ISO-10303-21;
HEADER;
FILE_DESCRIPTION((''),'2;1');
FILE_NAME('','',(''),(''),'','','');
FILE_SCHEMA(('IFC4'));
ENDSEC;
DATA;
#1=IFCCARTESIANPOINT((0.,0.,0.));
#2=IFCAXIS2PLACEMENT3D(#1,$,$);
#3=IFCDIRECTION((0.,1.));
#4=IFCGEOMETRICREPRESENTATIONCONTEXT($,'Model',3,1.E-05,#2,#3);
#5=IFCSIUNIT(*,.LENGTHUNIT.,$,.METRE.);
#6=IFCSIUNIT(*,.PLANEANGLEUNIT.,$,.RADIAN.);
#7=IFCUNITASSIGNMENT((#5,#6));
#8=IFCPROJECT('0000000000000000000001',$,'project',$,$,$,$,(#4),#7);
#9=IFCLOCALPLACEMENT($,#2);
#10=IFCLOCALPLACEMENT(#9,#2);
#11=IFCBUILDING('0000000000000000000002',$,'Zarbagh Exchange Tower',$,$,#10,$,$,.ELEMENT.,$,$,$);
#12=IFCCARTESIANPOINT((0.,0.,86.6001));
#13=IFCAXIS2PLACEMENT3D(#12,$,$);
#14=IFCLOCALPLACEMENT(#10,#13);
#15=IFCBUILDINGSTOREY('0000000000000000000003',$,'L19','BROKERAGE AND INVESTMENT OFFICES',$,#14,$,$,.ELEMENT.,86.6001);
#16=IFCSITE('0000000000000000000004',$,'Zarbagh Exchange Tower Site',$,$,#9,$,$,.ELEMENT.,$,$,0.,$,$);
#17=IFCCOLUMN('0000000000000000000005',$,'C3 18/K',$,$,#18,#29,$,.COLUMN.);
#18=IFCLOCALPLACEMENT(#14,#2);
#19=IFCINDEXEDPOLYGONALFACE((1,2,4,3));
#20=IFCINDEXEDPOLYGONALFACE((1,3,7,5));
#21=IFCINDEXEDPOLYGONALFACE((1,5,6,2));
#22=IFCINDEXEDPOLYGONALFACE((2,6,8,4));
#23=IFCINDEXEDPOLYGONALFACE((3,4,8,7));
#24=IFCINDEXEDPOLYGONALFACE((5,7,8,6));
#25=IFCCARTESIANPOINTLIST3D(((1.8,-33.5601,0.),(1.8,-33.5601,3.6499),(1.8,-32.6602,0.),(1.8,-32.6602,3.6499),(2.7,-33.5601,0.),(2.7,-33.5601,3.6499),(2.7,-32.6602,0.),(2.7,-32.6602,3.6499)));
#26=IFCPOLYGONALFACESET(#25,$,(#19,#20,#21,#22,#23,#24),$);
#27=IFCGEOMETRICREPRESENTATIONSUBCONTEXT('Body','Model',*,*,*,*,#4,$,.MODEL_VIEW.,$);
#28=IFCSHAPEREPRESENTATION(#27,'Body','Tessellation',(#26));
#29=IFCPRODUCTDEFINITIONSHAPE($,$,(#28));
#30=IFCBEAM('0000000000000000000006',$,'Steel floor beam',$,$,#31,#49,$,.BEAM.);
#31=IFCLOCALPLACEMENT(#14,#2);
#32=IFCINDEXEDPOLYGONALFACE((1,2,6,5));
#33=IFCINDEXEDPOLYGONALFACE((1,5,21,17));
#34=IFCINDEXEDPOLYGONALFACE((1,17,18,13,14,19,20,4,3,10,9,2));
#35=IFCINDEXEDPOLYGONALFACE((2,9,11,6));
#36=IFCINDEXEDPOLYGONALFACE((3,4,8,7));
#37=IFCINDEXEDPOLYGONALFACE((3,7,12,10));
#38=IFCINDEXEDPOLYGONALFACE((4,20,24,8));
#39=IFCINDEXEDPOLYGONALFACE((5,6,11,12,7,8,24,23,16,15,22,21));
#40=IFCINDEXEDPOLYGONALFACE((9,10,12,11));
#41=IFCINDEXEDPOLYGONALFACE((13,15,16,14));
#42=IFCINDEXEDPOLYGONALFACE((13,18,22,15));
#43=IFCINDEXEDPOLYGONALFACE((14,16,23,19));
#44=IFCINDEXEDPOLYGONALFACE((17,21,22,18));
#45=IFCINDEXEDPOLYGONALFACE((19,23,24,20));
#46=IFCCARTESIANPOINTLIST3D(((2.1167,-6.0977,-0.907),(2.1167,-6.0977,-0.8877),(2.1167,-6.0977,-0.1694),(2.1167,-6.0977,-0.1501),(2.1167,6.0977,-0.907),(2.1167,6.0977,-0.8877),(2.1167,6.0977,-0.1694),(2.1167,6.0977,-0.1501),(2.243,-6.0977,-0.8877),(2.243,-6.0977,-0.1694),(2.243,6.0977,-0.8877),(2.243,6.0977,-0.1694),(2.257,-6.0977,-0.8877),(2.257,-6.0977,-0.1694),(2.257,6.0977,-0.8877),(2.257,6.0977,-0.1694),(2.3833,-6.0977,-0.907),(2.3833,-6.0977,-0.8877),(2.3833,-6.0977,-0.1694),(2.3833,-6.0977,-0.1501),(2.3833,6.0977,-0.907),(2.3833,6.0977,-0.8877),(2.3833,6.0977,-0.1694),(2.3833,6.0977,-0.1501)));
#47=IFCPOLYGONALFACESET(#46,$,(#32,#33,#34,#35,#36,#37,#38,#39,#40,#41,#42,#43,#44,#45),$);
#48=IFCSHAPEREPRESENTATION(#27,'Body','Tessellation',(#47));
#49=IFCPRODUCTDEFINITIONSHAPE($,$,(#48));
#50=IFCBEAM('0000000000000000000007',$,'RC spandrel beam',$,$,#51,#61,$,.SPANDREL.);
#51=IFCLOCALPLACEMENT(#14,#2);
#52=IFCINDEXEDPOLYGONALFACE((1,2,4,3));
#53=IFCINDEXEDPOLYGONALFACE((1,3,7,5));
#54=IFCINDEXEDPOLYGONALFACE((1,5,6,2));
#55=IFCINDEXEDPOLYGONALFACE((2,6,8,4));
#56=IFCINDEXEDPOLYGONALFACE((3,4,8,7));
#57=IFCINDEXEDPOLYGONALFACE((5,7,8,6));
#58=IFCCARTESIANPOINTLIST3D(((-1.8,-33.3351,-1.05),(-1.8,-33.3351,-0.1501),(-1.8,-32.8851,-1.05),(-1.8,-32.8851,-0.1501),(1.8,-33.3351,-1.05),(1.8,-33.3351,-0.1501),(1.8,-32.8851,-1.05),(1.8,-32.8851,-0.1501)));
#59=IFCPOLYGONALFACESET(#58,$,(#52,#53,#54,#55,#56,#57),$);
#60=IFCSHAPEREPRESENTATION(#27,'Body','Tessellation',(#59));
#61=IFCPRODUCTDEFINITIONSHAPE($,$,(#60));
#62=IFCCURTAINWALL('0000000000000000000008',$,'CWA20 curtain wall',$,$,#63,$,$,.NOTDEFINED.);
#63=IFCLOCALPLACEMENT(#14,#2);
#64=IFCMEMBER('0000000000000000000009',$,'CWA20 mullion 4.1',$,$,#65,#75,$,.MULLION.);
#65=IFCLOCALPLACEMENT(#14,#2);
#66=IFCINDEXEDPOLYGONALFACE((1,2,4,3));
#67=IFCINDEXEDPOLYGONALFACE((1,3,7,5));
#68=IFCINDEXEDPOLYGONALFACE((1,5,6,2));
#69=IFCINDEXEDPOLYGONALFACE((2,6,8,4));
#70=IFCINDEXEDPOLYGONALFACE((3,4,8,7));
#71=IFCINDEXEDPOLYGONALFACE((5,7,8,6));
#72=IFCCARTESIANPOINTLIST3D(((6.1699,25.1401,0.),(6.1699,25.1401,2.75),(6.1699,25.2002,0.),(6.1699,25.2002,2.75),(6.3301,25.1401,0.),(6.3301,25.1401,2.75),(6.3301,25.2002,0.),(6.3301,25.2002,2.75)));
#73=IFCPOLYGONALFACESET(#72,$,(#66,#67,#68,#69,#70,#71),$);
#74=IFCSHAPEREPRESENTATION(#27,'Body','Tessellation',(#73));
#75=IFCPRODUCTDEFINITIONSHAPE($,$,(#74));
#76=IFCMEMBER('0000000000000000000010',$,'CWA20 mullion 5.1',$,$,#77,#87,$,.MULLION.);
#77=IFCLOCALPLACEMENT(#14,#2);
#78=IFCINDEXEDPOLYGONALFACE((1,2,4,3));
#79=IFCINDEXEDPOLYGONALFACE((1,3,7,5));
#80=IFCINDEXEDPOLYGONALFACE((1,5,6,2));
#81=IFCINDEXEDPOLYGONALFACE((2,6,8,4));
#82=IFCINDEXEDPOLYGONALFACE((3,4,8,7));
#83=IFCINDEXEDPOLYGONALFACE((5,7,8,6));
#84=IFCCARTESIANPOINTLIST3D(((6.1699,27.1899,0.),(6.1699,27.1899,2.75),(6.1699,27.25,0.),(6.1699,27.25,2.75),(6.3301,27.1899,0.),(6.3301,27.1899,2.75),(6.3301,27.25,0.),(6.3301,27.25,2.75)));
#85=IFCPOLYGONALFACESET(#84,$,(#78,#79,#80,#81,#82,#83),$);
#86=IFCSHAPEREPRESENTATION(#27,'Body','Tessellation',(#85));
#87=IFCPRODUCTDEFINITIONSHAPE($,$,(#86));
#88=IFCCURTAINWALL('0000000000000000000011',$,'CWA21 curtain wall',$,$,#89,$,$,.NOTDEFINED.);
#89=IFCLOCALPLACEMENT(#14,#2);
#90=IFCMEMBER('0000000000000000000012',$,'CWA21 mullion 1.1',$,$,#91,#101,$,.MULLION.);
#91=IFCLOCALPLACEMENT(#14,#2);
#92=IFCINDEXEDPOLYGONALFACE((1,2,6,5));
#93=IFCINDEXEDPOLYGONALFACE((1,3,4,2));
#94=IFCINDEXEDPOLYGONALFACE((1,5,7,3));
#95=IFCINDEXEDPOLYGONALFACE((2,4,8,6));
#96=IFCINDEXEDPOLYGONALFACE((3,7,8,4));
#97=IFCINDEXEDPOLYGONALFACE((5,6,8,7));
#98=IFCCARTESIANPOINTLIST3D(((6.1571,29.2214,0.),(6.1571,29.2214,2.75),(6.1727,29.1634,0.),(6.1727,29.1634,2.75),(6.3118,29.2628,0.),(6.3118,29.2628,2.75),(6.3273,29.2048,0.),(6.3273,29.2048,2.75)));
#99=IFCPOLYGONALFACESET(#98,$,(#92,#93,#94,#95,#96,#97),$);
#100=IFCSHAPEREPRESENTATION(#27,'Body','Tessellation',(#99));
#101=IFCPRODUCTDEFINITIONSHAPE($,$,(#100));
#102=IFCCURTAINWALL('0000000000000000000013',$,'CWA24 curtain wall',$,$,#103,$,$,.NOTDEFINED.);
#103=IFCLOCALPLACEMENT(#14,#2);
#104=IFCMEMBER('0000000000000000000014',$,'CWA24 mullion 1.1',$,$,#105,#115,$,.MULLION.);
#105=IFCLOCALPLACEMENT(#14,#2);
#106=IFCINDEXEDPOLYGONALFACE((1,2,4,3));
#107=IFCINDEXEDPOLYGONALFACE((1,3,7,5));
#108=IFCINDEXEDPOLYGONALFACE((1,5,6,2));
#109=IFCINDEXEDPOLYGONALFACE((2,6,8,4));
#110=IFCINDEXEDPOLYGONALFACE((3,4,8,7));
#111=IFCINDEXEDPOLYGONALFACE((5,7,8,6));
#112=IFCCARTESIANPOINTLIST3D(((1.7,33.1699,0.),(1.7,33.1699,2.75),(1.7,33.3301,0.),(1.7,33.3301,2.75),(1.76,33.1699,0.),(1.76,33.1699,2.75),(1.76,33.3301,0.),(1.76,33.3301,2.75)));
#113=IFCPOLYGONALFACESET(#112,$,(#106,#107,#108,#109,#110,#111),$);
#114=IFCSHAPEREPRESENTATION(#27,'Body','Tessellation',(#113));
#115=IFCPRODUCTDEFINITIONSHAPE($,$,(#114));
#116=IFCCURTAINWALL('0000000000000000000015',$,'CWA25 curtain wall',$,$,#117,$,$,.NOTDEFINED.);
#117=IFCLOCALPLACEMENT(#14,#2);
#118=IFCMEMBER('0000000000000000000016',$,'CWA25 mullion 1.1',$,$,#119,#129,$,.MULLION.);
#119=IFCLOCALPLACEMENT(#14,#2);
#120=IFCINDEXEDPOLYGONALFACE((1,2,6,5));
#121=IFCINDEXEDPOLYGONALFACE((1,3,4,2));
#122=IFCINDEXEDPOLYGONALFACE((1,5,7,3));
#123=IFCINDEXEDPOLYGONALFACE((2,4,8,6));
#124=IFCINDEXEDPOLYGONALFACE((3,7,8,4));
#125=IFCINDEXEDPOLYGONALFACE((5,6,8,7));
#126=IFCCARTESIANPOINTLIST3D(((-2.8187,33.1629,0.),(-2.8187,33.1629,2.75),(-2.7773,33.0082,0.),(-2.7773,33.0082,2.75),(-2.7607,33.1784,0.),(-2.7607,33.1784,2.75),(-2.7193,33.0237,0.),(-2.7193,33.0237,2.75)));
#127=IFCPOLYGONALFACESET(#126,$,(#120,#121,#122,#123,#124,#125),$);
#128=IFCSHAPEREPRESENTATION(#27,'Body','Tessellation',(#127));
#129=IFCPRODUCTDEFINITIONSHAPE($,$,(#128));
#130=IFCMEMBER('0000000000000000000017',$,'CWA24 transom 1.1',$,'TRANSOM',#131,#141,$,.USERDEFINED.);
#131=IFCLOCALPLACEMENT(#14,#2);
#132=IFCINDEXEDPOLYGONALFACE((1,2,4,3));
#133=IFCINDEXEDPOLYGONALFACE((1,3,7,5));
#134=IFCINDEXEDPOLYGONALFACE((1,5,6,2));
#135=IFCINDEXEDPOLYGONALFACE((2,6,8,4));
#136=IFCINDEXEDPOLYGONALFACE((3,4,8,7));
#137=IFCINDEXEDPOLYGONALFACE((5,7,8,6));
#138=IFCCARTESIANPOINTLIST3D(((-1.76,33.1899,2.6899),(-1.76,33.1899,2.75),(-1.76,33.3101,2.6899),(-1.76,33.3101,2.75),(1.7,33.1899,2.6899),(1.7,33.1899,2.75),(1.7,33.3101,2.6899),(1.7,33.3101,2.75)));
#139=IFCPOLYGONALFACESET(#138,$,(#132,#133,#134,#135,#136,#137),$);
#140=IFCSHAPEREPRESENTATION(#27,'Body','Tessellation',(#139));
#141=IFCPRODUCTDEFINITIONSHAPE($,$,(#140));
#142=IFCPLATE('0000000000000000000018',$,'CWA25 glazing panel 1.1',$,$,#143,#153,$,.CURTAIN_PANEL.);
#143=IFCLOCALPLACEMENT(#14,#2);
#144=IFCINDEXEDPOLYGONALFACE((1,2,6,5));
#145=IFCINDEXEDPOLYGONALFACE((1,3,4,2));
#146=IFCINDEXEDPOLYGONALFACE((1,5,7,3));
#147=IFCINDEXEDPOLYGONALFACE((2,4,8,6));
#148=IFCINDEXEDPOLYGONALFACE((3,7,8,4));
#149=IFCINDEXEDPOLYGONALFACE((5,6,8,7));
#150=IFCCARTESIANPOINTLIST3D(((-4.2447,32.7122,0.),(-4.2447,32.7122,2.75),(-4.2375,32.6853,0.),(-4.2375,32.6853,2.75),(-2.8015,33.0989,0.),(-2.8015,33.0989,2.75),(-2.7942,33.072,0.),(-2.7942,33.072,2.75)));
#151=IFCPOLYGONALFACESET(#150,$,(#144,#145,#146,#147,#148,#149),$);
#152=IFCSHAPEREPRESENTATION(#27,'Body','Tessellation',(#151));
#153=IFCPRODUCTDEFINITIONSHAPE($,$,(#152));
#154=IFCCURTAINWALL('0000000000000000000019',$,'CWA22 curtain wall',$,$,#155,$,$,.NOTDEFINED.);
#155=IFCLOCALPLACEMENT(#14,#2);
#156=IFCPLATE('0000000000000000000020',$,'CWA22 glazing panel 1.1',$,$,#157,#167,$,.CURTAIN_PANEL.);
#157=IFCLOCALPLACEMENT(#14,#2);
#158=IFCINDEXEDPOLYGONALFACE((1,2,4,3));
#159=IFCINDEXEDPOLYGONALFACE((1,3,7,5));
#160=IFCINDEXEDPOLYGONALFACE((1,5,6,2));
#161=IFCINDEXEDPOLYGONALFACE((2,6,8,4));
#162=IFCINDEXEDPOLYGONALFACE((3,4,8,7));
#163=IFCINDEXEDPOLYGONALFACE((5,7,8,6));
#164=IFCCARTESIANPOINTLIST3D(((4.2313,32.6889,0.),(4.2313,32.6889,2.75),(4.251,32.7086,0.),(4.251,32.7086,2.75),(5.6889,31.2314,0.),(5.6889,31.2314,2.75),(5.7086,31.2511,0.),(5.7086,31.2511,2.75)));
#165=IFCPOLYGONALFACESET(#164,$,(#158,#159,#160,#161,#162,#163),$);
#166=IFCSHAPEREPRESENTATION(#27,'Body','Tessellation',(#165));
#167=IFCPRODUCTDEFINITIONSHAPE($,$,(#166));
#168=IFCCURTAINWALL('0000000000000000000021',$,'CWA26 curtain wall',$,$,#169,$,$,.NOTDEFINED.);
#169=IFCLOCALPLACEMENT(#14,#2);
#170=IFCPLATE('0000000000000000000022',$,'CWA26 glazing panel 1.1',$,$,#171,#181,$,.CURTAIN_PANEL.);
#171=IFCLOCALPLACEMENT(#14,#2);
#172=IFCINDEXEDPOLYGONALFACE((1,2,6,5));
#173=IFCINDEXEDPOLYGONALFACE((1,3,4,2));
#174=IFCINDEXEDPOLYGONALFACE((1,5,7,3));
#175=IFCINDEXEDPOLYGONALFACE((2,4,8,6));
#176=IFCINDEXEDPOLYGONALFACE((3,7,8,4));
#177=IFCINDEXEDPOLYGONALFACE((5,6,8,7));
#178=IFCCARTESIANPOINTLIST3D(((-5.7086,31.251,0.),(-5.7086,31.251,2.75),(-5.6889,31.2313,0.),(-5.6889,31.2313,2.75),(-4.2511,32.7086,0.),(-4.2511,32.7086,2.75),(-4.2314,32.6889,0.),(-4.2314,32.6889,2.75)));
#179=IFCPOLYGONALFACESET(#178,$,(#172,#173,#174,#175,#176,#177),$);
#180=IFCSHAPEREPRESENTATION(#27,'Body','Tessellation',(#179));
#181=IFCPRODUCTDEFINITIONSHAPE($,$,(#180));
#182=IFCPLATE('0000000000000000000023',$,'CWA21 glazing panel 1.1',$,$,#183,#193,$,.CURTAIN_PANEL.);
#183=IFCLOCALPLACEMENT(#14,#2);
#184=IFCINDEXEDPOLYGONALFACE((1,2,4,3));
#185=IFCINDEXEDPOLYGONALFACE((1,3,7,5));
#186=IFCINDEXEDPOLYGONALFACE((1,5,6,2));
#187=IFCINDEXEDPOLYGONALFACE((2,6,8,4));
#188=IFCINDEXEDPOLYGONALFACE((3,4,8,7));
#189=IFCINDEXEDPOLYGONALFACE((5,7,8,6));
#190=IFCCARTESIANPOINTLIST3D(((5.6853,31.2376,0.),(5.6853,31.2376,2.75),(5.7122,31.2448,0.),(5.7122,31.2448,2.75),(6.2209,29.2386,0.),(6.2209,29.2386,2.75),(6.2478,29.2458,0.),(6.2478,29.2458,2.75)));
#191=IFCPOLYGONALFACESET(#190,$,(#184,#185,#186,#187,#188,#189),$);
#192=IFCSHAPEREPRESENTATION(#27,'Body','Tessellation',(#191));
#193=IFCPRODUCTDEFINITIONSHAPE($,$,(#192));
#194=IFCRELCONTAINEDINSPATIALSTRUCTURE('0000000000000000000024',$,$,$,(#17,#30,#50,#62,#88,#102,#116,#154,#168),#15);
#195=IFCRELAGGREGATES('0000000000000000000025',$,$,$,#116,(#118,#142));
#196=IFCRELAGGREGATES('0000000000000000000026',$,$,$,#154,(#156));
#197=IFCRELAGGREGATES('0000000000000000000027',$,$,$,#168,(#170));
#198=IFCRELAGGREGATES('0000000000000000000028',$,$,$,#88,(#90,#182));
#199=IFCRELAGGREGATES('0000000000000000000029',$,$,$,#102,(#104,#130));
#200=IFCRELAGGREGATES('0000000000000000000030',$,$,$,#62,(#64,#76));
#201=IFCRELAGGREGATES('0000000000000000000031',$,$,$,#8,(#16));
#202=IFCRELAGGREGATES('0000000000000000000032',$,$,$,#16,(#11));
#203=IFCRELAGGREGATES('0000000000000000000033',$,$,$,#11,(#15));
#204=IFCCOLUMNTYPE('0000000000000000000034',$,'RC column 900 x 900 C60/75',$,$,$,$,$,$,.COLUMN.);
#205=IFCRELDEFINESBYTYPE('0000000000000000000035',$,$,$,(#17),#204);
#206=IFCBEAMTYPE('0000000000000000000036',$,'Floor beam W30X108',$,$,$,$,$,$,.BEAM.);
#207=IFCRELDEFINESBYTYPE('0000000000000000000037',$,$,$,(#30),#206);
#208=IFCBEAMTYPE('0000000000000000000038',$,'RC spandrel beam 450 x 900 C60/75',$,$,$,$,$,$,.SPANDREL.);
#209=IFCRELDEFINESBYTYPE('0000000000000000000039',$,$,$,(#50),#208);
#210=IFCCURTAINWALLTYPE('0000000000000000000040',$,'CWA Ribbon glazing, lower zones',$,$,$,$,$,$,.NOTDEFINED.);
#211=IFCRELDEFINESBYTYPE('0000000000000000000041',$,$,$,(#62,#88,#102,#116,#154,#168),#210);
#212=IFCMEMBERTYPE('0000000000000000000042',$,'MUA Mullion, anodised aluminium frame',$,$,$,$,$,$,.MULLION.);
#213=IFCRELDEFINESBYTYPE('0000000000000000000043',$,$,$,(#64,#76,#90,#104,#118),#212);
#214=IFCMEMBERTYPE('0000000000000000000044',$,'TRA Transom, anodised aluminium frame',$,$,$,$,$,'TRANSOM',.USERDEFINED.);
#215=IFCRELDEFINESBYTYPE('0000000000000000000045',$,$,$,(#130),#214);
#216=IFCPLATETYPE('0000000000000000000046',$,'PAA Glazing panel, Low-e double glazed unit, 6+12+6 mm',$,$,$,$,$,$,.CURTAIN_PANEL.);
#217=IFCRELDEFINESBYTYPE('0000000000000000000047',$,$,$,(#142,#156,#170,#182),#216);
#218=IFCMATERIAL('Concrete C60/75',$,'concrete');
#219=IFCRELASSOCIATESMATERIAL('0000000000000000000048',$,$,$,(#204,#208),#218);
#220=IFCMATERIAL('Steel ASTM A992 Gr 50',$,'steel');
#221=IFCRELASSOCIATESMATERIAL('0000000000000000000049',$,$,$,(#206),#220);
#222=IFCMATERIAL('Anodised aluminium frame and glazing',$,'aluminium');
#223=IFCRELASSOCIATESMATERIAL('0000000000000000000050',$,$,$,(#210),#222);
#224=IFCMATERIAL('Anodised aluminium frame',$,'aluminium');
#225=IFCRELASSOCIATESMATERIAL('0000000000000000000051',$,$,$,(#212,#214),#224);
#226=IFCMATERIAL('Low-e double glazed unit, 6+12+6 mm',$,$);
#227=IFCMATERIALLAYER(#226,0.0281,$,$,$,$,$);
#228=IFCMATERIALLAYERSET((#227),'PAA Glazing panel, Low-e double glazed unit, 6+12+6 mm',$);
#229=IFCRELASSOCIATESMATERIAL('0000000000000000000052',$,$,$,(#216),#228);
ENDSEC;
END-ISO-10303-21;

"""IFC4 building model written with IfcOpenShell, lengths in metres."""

from ifc_helpers import new_model, si_unit, direction, frame, origin, origin_2d, place, context, subcontext, project, spatial, polyline, rectangle, i_section, outline, extrude, source, transform, mapped, material, layer, layer_set, material_profile, profile_set, type_object, element, aggregate, save


model = new_model("IFC4")

# Units and contexts
model_context = context("Model", 3, precision=1e-05, world=origin(), true_north=direction((0.0, 1.0)))
body_context = subcontext(model_context, "Body", "Model", "MODEL_VIEW")
ifc_project = project(units=[si_unit("LENGTHUNIT", "METRE"), si_unit("PLANEANGLEUNIT", "RADIAN")], contexts=[model_context])

# Site, building, storey
site_placement = place(None, origin())
site = spatial("IfcSite", under=ifc_project, at=site_placement, Name="Zarbagh Exchange Tower Site", CompositionType="ELEMENT", RefElevation=0.0)
building_placement = place(site_placement, origin())
building = spatial("IfcBuilding", under=site, at=building_placement, Name="Zarbagh Exchange Tower", CompositionType="ELEMENT")
storey_placement = place(building_placement, frame((0.0, 0.0, 86.6001)))
storey = spatial("IfcBuildingStorey", under=building, at=storey_placement, Name="L19", Description="BROKERAGE AND INVESTMENT OFFICES", CompositionType="ELEMENT", Elevation=86.6001)

# Column
ifc_material_1 = material(Name="Concrete C60/75", Category="concrete")
ifc_material_profile_1 = material_profile(ifc_material_1, rectangle(XDim=0.8999, YDim=0.8999, at=origin_2d()), Name="RC column 900 x 900 C60/75")
ifc_profile_set_1 = profile_set([ifc_material_profile_1], Name="Concrete C60/75")
column_type = type_object("IfcColumnType", Name="RC column 900 x 900 C60/75", PredefinedType="COLUMN", material=ifc_profile_set_1)
column_placement = place(storey_placement, frame((2.25, -33.1101, 0.0), z_axis=(0.0, 0.0, 1.0), x_axis=(1.0, 0.0, 0.0)))
element("IfcColumn", 1, at=column_placement, inside=storey, type_object=column_type, Name="C3 18/K", PredefinedType="COLUMN", context=body_context, shape_type="SweptSolid", body=[
    extrude(rectangle(XDim=0.8999, YDim=0.8999, at=origin_2d()), origin(), (0.0, 0.0, 1.0), 3.6499),
])

# Beams
ifc_material_2 = material(Name="Steel ASTM A992 Gr 50", Category="steel")
ifc_material_profile_2 = material_profile(ifc_material_2, i_section(OverallWidth=0.2666, OverallDepth=0.7568, WebThickness=0.0139, FlangeThickness=0.0193, at=origin_2d()), Name="W30X108")
ifc_profile_set_2 = profile_set([ifc_material_profile_2], Name="Steel ASTM A992 Gr 50")
beam_type_1 = type_object("IfcBeamType", Name="Floor beam W30X108", PredefinedType="BEAM", material=ifc_profile_set_2)
beam_1_placement = place(storey_placement, frame((2.25, -6.0977, -0.5286), z_axis=(0.0, 1.0, 0.0), x_axis=(-1.0, 0.0, 0.0)))
element("IfcBeam", 2, at=beam_1_placement, inside=storey, type_object=beam_type_1, Name="Steel floor beam", PredefinedType="BEAM", context=body_context, shape_type="SweptSolid", body=[
    extrude(i_section(OverallWidth=0.2666, OverallDepth=0.7568, WebThickness=0.0139, FlangeThickness=0.0193, at=origin_2d()), origin(), (0.0, 0.0, 1.0), 12.1953),
])
ifc_material_profile_3 = material_profile(ifc_material_1, rectangle(XDim=0.45, YDim=0.8999, at=origin_2d()), Name="RC spandrel beam 450 x 900 C60/75")
ifc_profile_set_3 = profile_set([ifc_material_profile_3], Name="Concrete C60/75")
beam_type_2 = type_object("IfcBeamType", Name="RC spandrel beam 450 x 900 C60/75", PredefinedType="SPANDREL", material=ifc_profile_set_3)
beam_2_placement = place(storey_placement, frame((1.8, -33.1101, -0.6001), z_axis=(-1.0, 0.0, 0.0), x_axis=(0.0, -1.0, 0.0)))
element("IfcBeam", 3, at=beam_2_placement, inside=storey, type_object=beam_type_2, Name="RC spandrel beam", PredefinedType="SPANDREL", context=body_context, shape_type="SweptSolid", body=[
    extrude(rectangle(XDim=0.45, YDim=0.8999, at=origin_2d()), origin(), (0.0, 0.0, 1.0), 3.6001),
])

# Curtain wall, members
ifc_material_3 = material(Name="Anodised aluminium frame and glazing", Category="aluminium")
curtain_wall_type = type_object("IfcCurtainWallType", Name="CWA Ribbon glazing, lower zones", PredefinedType="NOTDEFINED", material=ifc_material_3)
curtain_wall_1_placement = place(storey_placement, origin())
curtain_wall_1 = element("IfcCurtainWall", 4, at=curtain_wall_1_placement, inside=storey, type_object=curtain_wall_type, Name="CWA20 curtain wall", PredefinedType="NOTDEFINED")
ifc_material_4 = material(Name="Anodised aluminium frame", Category="aluminium")
member_type_1 = type_object("IfcMemberType", Name="MUA Mullion, anodised aluminium frame", PredefinedType="MULLION", material=ifc_material_4)
shared_shape_1 = source(origin(), body_context, "Body", "SweptSolid", [
    extrude(outline(polyline([(0.0, -0.0801), (0.0601, -0.0801), (0.0601, 0.0801), (0.0, 0.0801), (0.0, -0.0801)])), origin(), (0.0, 0.0, 1.0), 2.75),
])
placement = place(storey_placement, origin())
member_1 = element("IfcMember", 5, at=placement, type_object=member_type_1, Name="CWA20 mullion 4.1", PredefinedType="MULLION", context=body_context, shape_type="MappedRepresentation", body=[
    mapped(shared_shape_1, transform((6.25, 25.1401, 0.0), x_axis=(0.0, 1.0, 0.0), y_axis=(-1.0, 0.0, 0.0), z_axis=(0.0, 0.0, 1.0))),
])
member_2 = element("IfcMember", 6, at=placement, type_object=member_type_1, Name="CWA20 mullion 5.1", PredefinedType="MULLION", context=body_context, shape_type="MappedRepresentation", body=[
    mapped(shared_shape_1, transform((6.25, 27.1899, 0.0), x_axis=(0.0, 1.0, 0.0), y_axis=(-1.0, 0.0, 0.0), z_axis=(0.0, 0.0, 1.0))),
])

# Curtain walls, members
curtain_wall_2_placement = place(storey_placement, origin())
curtain_wall_2 = element("IfcCurtainWall", 7, at=curtain_wall_2_placement, inside=storey, type_object=curtain_wall_type, Name="CWA21 curtain wall", PredefinedType="NOTDEFINED")
member_3 = element("IfcMember", 8, at=placement, type_object=member_type_1, Name="CWA21 mullion 1.1", PredefinedType="MULLION", context=body_context, shape_type="MappedRepresentation", body=[
    mapped(shared_shape_1, transform((6.25, 29.1841, 0.0), x_axis=(-0.258825, 0.965924, 0.0), y_axis=(-0.965924, -0.258825, 0.0), z_axis=(0.0, 0.0, 1.0))),
])
curtain_wall_3_placement = place(storey_placement, origin())
curtain_wall_3 = element("IfcCurtainWall", 9, at=curtain_wall_3_placement, inside=storey, type_object=curtain_wall_type, Name="CWA24 curtain wall", PredefinedType="NOTDEFINED")
member_4 = element("IfcMember", 10, at=placement, type_object=member_type_1, Name="CWA24 mullion 1.1", PredefinedType="MULLION", context=body_context, shape_type="MappedRepresentation", body=[
    mapped(shared_shape_1, transform((1.76, 33.25, 0.0), x_axis=(-1.0, 0.0, 0.0), y_axis=(0.0, -1.0, 0.0), z_axis=(0.0, 0.0, 1.0))),
])
curtain_wall_4_placement = place(storey_placement, origin())
curtain_wall_4 = element("IfcCurtainWall", 11, at=curtain_wall_4_placement, inside=storey, type_object=curtain_wall_type, Name="CWA25 curtain wall", PredefinedType="NOTDEFINED")
member_5 = element("IfcMember", 12, at=placement, type_object=member_type_1, Name="CWA25 mullion 1.1", PredefinedType="MULLION", context=body_context, shape_type="MappedRepresentation", body=[
    mapped(shared_shape_1, transform((-2.74, 33.1011, 0.0), x_axis=(-0.965924, -0.258825, 0.0), y_axis=(0.258825, -0.965924, 0.0), z_axis=(0.0, 0.0, 1.0))),
])

# Member
member_type_2 = type_object("IfcMemberType", Name="TRA Transom, anodised aluminium frame", ElementType="TRANSOM", PredefinedType="USERDEFINED", material=ifc_material_4)
shared_shape_2 = source(origin(), body_context, "Body", "SweptSolid", [
    extrude(outline(polyline([(-0.0601, -0.0601), (0.0, -0.0601), (0.0, 0.0601), (-0.0601, 0.0601), (-0.0601, -0.0601)])), origin(), (0.0, 0.0, 1.0), 3.46),
])
member_6 = element("IfcMember", 13, at=placement, type_object=member_type_2, Name="CWA24 transom 1.1", ObjectType="TRANSOM", PredefinedType="USERDEFINED", context=body_context, shape_type="MappedRepresentation", body=[
    mapped(shared_shape_2, transform((1.7, 33.25, 2.75), x_axis=(0.0, 0.0, 1.0), y_axis=(0.0, 1.0, 0.0), z_axis=(-1.0, 0.0, 0.0))),
])

# Plate
ifc_material_5 = material(Name="Low-e double glazed unit, 6+12+6 mm")
ifc_layer_1 = layer(ifc_material_5, 0.0281)
ifc_layer_set_1 = layer_set([ifc_layer_1], Name="PAA Glazing panel, Low-e double glazed unit, 6+12+6 mm")
plate_type = type_object("IfcPlateType", Name="PAA Glazing panel, Low-e double glazed unit, 6+12+6 mm", PredefinedType="CURTAIN_PANEL", material=ifc_layer_set_1)
shared_shape_3 = source(origin(), body_context, "Body", "SweptSolid", [
    extrude(outline(polyline([(0.0, -0.0139), (1.4941, -0.0139), (1.4941, 0.0139), (0.0, 0.0139), (0.0, -0.0139)])), origin(), (0.0, 0.0, 1.0), 2.75),
])
plate_1 = element("IfcPlate", 14, at=placement, type_object=plate_type, Name="CWA25 glazing panel 1.1", PredefinedType="CURTAIN_PANEL", context=body_context, shape_type="MappedRepresentation", body=[
    mapped(shared_shape_3, transform((-2.7979, 33.0854, 0.0), x_axis=(-0.965924, -0.258825, 0.0), y_axis=(0.258825, -0.965924, 0.0), z_axis=(0.0, 0.0, 1.0))),
])
aggregate(curtain_wall_4, [member_5, plate_1])

# Curtain walls, plates
curtain_wall_5_placement = place(storey_placement, origin())
curtain_wall_5 = element("IfcCurtainWall", 15, at=curtain_wall_5_placement, inside=storey, type_object=curtain_wall_type, Name="CWA22 curtain wall", PredefinedType="NOTDEFINED")
shared_shape_4 = source(origin(), body_context, "Body", "SweptSolid", [
    extrude(outline(polyline([(0.0, -0.0139), (2.0613, -0.0139), (2.0613, 0.0139), (0.0, 0.0139), (0.0, -0.0139)])), origin(), (0.0, 0.0, 1.0), 2.75),
])
plate_2 = element("IfcPlate", 16, at=placement, type_object=plate_type, Name="CWA22 glazing panel 1.1", PredefinedType="CURTAIN_PANEL", context=body_context, shape_type="MappedRepresentation", body=[
    mapped(shared_shape_4, transform((5.6987, 31.2412, 0.0), x_axis=(-0.707107, 0.707107, 0.0), y_axis=(-0.707107, -0.707107, 0.0), z_axis=(0.0, 0.0, 1.0))),
])
aggregate(curtain_wall_5, [plate_2])
curtain_wall_6_placement = place(storey_placement, origin())
curtain_wall_6 = element("IfcCurtainWall", 17, at=curtain_wall_6_placement, inside=storey, type_object=curtain_wall_type, Name="CWA26 curtain wall", PredefinedType="NOTDEFINED")
plate_3 = element("IfcPlate", 18, at=placement, type_object=plate_type, Name="CWA26 glazing panel 1.1", PredefinedType="CURTAIN_PANEL", context=body_context, shape_type="MappedRepresentation", body=[
    mapped(shared_shape_4, transform((-4.2412, 32.6987, 0.0), x_axis=(-0.707107, -0.707107, 0.0), y_axis=(0.707107, -0.707107, 0.0), z_axis=(0.0, 0.0, 1.0))),
])
aggregate(curtain_wall_6, [plate_3])

# Plate
shared_shape_5 = source(origin(), body_context, "Body", "SweptSolid", [
    extrude(outline(polyline([(0.0, -0.0139), (2.0696, -0.0139), (2.0696, 0.0139), (0.0, 0.0139), (0.0, -0.0139)])), origin(), (0.0, 0.0, 1.0), 2.75),
])
plate_4 = element("IfcPlate", 19, at=placement, type_object=plate_type, Name="CWA21 glazing panel 1.1", PredefinedType="CURTAIN_PANEL", context=body_context, shape_type="MappedRepresentation", body=[
    mapped(shared_shape_5, transform((6.2344, 29.2422, 0.0), x_axis=(-0.258825, 0.965924, 0.0), y_axis=(-0.965924, -0.258825, 0.0), z_axis=(0.0, 0.0, 1.0))),
])
aggregate(curtain_wall_2, [member_3, plate_4])

aggregate(curtain_wall_3, [member_4, member_6])
aggregate(curtain_wall_1, [member_1, member_2])

save(model, "model.ifc")
